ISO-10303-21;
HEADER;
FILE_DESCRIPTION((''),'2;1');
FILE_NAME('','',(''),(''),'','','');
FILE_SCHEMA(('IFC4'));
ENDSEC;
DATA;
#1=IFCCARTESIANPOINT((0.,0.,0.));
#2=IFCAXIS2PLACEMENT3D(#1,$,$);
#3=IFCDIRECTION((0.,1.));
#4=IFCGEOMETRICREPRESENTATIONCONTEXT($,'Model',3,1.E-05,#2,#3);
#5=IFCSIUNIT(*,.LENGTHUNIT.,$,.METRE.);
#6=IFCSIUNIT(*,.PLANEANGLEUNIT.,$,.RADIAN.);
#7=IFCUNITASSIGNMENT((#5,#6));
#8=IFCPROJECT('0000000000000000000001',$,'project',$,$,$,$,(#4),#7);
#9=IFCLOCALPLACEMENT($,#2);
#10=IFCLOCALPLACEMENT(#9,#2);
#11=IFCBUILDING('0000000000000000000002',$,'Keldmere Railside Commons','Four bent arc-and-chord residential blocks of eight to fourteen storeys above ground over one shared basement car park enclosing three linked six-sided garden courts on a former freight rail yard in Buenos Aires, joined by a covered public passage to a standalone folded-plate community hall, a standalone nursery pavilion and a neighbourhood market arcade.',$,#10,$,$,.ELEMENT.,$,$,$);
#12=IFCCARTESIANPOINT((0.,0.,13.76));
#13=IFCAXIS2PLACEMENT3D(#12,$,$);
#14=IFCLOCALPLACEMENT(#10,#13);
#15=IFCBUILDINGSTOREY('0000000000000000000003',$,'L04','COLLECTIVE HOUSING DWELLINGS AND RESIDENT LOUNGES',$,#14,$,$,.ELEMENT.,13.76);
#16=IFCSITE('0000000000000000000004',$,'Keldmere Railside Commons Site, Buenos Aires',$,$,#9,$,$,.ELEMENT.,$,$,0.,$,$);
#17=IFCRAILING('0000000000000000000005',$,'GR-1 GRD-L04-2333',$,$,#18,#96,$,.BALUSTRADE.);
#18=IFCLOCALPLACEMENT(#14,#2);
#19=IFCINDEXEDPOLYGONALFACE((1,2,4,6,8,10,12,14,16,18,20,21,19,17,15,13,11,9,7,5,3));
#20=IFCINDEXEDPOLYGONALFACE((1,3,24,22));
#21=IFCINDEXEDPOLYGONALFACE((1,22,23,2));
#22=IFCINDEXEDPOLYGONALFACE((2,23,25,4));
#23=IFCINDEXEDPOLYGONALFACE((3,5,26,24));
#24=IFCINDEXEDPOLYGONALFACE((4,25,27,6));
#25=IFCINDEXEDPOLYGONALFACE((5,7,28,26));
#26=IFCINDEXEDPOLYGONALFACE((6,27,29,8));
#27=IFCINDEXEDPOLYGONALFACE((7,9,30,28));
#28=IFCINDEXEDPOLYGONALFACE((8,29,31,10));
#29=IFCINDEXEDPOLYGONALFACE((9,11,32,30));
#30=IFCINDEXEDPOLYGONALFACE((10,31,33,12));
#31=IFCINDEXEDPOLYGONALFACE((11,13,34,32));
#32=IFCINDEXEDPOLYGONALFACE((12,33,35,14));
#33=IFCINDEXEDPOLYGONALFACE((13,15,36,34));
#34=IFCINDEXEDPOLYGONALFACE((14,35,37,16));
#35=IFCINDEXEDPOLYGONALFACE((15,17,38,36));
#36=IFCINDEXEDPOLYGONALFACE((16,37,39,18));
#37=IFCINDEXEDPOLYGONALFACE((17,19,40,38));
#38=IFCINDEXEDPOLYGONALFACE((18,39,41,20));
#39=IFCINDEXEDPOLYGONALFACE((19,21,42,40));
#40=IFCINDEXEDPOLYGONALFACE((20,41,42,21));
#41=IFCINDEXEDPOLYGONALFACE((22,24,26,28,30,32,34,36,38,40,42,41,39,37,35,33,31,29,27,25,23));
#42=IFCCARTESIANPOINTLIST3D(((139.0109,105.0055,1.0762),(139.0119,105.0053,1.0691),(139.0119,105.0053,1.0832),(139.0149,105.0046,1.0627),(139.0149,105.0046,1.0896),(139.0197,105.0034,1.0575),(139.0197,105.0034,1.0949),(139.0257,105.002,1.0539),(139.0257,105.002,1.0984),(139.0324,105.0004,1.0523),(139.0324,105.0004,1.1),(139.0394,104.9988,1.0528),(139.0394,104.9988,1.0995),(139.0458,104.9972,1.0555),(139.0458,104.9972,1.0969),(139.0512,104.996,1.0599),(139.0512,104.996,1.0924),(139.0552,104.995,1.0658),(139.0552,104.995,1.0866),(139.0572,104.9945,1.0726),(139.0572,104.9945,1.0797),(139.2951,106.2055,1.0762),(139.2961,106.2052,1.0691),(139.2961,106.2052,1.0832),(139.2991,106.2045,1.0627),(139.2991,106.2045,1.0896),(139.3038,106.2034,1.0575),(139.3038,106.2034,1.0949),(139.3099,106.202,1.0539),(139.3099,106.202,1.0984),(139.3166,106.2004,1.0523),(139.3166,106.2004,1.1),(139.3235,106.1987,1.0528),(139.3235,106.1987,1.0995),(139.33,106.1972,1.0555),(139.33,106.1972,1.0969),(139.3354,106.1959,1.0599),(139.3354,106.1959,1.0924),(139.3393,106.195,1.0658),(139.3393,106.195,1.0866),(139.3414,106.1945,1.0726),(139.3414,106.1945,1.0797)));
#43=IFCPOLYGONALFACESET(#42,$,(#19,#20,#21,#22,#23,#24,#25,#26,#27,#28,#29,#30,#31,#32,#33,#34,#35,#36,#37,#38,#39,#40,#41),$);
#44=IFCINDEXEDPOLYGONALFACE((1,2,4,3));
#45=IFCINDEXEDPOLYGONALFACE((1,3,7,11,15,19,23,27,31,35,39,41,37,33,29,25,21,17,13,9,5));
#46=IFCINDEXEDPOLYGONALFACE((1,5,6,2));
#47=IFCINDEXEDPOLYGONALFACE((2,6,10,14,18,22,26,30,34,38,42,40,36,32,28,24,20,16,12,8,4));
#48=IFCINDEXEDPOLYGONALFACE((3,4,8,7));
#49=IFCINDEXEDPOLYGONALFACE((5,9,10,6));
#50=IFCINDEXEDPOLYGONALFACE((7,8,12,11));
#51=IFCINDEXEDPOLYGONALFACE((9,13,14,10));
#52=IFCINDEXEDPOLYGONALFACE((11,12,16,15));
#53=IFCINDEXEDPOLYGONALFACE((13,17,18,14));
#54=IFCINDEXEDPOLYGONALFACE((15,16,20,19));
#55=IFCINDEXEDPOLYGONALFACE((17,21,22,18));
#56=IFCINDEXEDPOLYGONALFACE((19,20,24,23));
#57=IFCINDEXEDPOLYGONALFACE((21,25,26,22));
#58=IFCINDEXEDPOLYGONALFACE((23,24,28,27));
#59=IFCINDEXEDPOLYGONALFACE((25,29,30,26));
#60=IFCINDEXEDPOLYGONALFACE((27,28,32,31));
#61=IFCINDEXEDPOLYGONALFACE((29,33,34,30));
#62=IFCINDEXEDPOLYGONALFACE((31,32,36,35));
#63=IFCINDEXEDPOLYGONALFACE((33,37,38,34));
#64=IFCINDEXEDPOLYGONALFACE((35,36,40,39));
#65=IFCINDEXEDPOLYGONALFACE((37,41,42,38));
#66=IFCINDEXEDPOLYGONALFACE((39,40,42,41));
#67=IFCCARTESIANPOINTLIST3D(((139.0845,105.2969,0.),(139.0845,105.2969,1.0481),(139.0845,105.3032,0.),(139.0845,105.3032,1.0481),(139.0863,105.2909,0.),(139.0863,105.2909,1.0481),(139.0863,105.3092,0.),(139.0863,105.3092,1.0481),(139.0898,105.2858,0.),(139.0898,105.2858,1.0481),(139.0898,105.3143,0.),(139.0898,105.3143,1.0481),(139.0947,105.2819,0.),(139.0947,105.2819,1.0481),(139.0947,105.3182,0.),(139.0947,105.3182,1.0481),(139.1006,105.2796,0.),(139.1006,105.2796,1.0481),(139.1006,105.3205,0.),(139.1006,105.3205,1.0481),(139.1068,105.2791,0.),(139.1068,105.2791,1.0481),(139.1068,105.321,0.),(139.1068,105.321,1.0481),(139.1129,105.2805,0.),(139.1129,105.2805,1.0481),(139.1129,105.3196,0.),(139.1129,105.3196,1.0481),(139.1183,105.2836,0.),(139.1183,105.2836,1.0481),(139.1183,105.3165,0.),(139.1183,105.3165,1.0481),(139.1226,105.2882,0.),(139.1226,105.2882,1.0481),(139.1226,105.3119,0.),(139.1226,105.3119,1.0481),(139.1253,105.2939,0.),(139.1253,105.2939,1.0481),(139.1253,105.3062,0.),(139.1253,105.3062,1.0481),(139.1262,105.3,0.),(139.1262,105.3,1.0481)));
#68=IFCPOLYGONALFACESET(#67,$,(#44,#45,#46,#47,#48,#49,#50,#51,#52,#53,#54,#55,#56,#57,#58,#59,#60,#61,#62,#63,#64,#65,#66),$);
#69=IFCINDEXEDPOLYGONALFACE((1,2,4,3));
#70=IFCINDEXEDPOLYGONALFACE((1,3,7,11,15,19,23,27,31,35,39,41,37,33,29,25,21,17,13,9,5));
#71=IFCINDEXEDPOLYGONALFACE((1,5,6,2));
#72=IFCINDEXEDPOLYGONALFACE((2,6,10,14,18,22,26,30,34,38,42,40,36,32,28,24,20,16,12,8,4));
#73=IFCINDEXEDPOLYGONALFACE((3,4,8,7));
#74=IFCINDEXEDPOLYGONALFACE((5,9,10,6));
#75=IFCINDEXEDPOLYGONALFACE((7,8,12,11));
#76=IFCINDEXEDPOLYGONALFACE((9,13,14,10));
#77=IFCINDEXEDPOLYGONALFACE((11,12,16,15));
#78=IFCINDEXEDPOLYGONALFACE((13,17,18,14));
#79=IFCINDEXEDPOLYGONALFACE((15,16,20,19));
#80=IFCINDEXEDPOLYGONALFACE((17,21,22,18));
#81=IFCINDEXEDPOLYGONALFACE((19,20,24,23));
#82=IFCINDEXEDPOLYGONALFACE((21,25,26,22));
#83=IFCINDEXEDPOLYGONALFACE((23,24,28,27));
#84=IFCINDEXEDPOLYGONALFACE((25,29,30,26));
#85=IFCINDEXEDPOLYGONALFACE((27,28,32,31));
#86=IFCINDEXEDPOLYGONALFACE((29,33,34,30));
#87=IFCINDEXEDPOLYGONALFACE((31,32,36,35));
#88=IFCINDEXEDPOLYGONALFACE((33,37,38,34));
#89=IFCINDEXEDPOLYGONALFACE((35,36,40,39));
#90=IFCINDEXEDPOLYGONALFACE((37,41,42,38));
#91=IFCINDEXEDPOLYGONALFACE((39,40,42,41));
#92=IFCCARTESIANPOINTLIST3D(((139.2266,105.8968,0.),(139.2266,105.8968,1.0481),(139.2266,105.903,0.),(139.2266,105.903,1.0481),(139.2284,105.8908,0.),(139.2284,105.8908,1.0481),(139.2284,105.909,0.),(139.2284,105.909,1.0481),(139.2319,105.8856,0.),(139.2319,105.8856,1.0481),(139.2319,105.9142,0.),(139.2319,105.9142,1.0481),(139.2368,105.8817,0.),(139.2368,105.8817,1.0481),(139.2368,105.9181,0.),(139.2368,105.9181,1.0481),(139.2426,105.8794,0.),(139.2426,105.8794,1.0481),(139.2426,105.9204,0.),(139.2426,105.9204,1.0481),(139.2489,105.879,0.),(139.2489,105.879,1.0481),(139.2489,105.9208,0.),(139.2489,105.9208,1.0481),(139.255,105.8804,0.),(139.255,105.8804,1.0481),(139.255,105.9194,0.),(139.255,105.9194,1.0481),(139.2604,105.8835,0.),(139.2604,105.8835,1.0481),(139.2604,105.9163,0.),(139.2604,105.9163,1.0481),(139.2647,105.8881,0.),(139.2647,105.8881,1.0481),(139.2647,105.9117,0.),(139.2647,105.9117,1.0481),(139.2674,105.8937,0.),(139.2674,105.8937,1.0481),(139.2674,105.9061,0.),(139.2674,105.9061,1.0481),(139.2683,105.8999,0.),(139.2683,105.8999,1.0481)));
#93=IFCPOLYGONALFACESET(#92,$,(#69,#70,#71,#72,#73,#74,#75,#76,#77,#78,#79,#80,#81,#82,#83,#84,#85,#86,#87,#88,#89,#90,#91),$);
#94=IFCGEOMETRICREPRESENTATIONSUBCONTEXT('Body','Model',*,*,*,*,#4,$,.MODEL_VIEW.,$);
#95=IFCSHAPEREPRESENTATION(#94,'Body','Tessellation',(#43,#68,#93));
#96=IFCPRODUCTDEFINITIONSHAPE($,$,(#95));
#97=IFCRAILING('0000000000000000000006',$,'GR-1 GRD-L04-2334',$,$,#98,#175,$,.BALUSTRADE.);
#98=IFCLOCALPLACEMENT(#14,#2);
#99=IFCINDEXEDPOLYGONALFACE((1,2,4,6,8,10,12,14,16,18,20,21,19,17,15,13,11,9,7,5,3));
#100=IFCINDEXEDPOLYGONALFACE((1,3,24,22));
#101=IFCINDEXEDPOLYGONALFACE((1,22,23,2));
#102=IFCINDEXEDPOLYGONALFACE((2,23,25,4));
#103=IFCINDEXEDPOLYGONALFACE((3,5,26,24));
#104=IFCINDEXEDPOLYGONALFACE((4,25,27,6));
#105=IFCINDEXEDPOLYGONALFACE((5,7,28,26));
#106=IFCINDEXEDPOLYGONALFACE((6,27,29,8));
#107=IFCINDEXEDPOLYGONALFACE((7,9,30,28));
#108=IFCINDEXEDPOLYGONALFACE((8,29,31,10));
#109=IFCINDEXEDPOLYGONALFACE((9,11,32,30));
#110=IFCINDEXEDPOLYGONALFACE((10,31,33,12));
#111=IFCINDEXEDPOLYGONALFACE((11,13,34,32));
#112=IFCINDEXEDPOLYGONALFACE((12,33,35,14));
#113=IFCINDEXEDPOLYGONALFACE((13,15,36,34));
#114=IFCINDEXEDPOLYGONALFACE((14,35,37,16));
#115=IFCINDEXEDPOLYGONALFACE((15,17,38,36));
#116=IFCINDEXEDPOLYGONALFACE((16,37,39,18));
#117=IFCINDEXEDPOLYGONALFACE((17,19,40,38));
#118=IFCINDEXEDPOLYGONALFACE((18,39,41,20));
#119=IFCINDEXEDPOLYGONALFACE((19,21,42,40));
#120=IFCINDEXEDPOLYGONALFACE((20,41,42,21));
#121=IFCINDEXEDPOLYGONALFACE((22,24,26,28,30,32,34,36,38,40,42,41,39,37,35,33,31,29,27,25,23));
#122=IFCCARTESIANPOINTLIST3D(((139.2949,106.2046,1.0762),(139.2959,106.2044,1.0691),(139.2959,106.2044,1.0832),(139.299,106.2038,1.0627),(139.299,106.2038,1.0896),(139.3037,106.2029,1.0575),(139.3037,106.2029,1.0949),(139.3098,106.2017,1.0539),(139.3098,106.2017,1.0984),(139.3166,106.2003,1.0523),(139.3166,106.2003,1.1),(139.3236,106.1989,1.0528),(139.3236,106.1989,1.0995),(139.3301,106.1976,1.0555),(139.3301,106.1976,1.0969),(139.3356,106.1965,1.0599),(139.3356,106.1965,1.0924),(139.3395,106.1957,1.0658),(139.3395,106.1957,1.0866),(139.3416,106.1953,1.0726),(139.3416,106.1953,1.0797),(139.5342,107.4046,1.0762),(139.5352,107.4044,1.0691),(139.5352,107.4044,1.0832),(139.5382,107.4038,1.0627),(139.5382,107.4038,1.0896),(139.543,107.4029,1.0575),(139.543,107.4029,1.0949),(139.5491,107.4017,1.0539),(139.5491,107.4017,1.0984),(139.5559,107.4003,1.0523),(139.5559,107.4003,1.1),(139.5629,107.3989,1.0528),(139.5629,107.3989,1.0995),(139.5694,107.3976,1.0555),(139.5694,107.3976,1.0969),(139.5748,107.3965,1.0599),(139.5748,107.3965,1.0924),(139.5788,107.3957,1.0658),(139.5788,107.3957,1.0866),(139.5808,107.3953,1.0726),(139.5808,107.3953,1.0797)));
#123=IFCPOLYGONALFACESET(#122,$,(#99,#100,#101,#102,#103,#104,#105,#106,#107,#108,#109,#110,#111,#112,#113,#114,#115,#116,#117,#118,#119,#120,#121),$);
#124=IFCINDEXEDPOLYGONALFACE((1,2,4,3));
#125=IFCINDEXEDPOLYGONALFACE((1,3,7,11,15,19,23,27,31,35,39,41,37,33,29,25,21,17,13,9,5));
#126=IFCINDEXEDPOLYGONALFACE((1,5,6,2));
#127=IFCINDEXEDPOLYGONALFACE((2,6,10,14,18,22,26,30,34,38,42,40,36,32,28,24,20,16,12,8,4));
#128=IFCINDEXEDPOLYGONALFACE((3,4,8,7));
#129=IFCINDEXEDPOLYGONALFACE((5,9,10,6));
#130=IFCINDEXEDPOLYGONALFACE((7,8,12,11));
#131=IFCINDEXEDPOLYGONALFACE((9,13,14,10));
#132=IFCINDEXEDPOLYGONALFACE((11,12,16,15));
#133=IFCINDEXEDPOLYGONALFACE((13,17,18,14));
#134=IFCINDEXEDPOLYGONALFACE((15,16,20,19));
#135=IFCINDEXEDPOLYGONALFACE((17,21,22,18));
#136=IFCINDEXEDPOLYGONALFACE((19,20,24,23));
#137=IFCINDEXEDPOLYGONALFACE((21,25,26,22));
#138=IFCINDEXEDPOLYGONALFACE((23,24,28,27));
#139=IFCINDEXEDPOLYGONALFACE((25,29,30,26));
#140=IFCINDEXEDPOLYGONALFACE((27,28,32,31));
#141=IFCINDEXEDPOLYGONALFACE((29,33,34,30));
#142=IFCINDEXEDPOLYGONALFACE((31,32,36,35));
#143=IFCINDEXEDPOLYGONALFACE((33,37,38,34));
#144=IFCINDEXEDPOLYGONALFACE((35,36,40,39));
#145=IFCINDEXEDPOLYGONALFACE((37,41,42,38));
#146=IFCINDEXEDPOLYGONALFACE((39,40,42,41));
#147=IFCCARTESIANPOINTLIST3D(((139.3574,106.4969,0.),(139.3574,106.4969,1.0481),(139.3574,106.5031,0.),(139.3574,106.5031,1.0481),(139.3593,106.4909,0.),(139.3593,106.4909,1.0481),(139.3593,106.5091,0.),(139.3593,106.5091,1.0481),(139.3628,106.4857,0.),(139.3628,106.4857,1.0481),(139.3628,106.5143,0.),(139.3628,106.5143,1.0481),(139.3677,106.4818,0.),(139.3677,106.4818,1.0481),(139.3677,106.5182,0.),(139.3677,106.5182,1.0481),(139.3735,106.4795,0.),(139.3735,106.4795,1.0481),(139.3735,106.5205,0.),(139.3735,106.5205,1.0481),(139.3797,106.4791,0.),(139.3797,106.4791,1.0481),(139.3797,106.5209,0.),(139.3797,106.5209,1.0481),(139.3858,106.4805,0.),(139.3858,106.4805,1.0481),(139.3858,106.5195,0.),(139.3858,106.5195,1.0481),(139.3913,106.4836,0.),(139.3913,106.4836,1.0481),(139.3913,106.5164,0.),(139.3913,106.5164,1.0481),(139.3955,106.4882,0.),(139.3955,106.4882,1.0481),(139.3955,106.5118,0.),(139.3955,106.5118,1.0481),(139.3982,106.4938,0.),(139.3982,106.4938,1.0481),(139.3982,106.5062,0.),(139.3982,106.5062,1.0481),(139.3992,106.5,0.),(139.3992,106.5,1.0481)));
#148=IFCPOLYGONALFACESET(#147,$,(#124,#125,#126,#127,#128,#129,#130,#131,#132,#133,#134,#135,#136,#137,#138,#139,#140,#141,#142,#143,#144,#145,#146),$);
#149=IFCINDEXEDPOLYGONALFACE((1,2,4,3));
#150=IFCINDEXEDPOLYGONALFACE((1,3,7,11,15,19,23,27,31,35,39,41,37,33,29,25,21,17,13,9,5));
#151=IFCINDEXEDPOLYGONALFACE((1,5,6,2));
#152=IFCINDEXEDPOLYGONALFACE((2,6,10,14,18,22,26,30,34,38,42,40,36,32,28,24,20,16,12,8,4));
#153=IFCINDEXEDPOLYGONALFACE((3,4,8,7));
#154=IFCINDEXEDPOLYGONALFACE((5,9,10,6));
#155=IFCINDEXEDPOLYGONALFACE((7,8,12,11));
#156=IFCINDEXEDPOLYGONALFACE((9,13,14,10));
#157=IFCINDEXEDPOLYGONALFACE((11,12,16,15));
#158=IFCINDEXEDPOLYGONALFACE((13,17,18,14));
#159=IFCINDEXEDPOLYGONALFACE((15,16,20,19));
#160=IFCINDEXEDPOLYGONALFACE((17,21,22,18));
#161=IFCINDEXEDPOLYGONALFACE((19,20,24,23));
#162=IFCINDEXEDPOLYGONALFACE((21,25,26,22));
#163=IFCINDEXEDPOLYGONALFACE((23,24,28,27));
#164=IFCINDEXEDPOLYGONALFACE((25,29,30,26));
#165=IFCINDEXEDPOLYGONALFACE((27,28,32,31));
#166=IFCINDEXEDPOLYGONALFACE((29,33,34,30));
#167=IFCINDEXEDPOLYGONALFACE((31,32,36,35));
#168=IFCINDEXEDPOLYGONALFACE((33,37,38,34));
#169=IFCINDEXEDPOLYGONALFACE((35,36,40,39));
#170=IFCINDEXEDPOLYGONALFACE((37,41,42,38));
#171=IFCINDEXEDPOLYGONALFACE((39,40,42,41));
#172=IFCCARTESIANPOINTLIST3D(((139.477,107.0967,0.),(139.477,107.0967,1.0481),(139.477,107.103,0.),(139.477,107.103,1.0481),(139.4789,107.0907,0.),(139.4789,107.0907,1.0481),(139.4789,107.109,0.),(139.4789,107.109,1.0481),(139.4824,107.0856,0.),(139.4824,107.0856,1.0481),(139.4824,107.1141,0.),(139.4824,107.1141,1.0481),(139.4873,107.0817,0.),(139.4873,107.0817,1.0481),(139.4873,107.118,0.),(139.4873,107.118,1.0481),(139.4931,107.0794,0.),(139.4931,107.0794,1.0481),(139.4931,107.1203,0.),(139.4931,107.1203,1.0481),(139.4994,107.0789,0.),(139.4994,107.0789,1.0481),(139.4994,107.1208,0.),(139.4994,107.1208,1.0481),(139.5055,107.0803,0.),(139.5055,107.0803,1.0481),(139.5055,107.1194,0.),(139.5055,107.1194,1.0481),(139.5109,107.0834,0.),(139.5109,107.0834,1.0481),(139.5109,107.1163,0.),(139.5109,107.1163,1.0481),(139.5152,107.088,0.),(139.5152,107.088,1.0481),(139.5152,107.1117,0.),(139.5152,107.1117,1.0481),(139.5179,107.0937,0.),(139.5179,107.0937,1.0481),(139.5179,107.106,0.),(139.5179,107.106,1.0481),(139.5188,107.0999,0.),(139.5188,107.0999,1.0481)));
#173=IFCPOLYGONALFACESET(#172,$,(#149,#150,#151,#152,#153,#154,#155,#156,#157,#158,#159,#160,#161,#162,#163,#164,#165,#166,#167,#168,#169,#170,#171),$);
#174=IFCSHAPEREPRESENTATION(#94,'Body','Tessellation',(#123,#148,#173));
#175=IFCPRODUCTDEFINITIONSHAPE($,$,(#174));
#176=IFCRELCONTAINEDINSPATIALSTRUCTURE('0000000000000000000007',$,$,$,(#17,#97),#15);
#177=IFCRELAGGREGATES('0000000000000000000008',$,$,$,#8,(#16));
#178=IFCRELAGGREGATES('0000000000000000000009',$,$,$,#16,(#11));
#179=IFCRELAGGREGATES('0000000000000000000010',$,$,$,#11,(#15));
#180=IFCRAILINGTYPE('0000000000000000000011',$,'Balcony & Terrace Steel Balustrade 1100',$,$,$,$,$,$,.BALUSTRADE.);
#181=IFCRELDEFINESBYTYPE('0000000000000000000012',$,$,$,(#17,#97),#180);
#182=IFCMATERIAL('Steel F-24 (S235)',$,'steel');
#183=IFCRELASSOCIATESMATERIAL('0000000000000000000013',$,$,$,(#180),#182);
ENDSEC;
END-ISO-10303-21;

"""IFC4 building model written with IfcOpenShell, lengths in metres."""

from ifc_helpers import new_model, si_unit, direction, frame, origin, origin_2d, place, context, subcontext, project, spatial, circle, extrude, material, type_object, element, save


model = new_model("IFC4")

# Units and contexts
model_context = context("Model", 3, precision=1e-05, world=origin(), true_north=direction((0.0, 1.0)))
body_context = subcontext(model_context, "Body", "Model", "MODEL_VIEW")
ifc_project = project(units=[si_unit("LENGTHUNIT", "METRE"), si_unit("PLANEANGLEUNIT", "RADIAN")], contexts=[model_context])

# Site, building, storey
site_placement = place(None, origin())
site = spatial("IfcSite", under=ifc_project, at=site_placement, Name="Keldmere Railside Commons Site, Buenos Aires", CompositionType="ELEMENT", RefElevation=0.0)
building_placement = place(site_placement, origin())
building = spatial("IfcBuilding", under=site, at=building_placement, Name="Keldmere Railside Commons", Description="Four bent arc-and-chord residential blocks of eight to fourteen storeys above ground over one shared basement car park enclosing three linked six-sided garden courts on a former freight rail yard in Buenos Aires, joined by a covered public passage to a standalone folded-plate community hall, a standalone nursery pavilion and a neighbourhood market arcade.", CompositionType="ELEMENT")
storey_placement = place(building_placement, frame((0.0, 0.0, 13.76)))
storey = spatial("IfcBuildingStorey", under=building, at=storey_placement, Name="L04", Description="COLLECTIVE HOUSING DWELLINGS AND RESIDENT LOUNGES", CompositionType="ELEMENT", Elevation=13.76)

# Shared definitions
ifc_material_1 = material(Name="Steel F-24 (S235)", Category="steel")

# Railings
railing_type = type_object("IfcRailingType", Name="Balcony & Terrace Steel Balustrade 1100", PredefinedType="BALUSTRADE", material=ifc_material_1)
railing_1_placement = place(storey_placement, frame((139.0342, 105.0, 0.0)))
element("IfcRailing", 1, at=railing_1_placement, inside=storey, type_object=railing_type, Name="GR-1 GRD-L04-2333", PredefinedType="BALUSTRADE", context=body_context, shape_type="SweptSolid", body=[
    extrude(circle(Radius=0.0239, at=origin_2d()), frame((0.0, 0.0, 1.0762), z_axis=(0.230452, 0.973084, 0.0), x_axis=(-0.973084, 0.230452, 0.0)), (0.0, 0.0, 1.0), 1.2332),
    extrude(circle(Radius=0.021, at=origin_2d()), frame((0.071, 0.3, 0.0)), (0.0, 0.0, 1.0), 1.0481),
    extrude(circle(Radius=0.021, at=origin_2d()), frame((0.2131, 0.8999, 0.0)), (0.0, 0.0, 1.0), 1.0481),
])
railing_2_placement = place(storey_placement, frame((139.3184, 106.2, 0.0)))
element("IfcRailing", 2, at=railing_2_placement, inside=storey, type_object=railing_type, Name="GR-1 GRD-L04-2334", PredefinedType="BALUSTRADE", context=body_context, shape_type="SweptSolid", body=[
    extrude(circle(Radius=0.0239, at=origin_2d()), frame((0.0, 0.0, 1.0762), z_axis=(0.195541, 0.980696, 0.0), x_axis=(-0.980696, 0.195541, 0.0)), (0.0, 0.0, 1.0), 1.2236),
    extrude(circle(Radius=0.021, at=origin_2d()), frame((0.0598, 0.3, 0.0)), (0.0, 0.0, 1.0), 1.0481),
    extrude(circle(Radius=0.021, at=origin_2d()), frame((0.1794, 0.8999, 0.0)), (0.0, 0.0, 1.0), 1.0481),
])

save(model, "model.ifc")
